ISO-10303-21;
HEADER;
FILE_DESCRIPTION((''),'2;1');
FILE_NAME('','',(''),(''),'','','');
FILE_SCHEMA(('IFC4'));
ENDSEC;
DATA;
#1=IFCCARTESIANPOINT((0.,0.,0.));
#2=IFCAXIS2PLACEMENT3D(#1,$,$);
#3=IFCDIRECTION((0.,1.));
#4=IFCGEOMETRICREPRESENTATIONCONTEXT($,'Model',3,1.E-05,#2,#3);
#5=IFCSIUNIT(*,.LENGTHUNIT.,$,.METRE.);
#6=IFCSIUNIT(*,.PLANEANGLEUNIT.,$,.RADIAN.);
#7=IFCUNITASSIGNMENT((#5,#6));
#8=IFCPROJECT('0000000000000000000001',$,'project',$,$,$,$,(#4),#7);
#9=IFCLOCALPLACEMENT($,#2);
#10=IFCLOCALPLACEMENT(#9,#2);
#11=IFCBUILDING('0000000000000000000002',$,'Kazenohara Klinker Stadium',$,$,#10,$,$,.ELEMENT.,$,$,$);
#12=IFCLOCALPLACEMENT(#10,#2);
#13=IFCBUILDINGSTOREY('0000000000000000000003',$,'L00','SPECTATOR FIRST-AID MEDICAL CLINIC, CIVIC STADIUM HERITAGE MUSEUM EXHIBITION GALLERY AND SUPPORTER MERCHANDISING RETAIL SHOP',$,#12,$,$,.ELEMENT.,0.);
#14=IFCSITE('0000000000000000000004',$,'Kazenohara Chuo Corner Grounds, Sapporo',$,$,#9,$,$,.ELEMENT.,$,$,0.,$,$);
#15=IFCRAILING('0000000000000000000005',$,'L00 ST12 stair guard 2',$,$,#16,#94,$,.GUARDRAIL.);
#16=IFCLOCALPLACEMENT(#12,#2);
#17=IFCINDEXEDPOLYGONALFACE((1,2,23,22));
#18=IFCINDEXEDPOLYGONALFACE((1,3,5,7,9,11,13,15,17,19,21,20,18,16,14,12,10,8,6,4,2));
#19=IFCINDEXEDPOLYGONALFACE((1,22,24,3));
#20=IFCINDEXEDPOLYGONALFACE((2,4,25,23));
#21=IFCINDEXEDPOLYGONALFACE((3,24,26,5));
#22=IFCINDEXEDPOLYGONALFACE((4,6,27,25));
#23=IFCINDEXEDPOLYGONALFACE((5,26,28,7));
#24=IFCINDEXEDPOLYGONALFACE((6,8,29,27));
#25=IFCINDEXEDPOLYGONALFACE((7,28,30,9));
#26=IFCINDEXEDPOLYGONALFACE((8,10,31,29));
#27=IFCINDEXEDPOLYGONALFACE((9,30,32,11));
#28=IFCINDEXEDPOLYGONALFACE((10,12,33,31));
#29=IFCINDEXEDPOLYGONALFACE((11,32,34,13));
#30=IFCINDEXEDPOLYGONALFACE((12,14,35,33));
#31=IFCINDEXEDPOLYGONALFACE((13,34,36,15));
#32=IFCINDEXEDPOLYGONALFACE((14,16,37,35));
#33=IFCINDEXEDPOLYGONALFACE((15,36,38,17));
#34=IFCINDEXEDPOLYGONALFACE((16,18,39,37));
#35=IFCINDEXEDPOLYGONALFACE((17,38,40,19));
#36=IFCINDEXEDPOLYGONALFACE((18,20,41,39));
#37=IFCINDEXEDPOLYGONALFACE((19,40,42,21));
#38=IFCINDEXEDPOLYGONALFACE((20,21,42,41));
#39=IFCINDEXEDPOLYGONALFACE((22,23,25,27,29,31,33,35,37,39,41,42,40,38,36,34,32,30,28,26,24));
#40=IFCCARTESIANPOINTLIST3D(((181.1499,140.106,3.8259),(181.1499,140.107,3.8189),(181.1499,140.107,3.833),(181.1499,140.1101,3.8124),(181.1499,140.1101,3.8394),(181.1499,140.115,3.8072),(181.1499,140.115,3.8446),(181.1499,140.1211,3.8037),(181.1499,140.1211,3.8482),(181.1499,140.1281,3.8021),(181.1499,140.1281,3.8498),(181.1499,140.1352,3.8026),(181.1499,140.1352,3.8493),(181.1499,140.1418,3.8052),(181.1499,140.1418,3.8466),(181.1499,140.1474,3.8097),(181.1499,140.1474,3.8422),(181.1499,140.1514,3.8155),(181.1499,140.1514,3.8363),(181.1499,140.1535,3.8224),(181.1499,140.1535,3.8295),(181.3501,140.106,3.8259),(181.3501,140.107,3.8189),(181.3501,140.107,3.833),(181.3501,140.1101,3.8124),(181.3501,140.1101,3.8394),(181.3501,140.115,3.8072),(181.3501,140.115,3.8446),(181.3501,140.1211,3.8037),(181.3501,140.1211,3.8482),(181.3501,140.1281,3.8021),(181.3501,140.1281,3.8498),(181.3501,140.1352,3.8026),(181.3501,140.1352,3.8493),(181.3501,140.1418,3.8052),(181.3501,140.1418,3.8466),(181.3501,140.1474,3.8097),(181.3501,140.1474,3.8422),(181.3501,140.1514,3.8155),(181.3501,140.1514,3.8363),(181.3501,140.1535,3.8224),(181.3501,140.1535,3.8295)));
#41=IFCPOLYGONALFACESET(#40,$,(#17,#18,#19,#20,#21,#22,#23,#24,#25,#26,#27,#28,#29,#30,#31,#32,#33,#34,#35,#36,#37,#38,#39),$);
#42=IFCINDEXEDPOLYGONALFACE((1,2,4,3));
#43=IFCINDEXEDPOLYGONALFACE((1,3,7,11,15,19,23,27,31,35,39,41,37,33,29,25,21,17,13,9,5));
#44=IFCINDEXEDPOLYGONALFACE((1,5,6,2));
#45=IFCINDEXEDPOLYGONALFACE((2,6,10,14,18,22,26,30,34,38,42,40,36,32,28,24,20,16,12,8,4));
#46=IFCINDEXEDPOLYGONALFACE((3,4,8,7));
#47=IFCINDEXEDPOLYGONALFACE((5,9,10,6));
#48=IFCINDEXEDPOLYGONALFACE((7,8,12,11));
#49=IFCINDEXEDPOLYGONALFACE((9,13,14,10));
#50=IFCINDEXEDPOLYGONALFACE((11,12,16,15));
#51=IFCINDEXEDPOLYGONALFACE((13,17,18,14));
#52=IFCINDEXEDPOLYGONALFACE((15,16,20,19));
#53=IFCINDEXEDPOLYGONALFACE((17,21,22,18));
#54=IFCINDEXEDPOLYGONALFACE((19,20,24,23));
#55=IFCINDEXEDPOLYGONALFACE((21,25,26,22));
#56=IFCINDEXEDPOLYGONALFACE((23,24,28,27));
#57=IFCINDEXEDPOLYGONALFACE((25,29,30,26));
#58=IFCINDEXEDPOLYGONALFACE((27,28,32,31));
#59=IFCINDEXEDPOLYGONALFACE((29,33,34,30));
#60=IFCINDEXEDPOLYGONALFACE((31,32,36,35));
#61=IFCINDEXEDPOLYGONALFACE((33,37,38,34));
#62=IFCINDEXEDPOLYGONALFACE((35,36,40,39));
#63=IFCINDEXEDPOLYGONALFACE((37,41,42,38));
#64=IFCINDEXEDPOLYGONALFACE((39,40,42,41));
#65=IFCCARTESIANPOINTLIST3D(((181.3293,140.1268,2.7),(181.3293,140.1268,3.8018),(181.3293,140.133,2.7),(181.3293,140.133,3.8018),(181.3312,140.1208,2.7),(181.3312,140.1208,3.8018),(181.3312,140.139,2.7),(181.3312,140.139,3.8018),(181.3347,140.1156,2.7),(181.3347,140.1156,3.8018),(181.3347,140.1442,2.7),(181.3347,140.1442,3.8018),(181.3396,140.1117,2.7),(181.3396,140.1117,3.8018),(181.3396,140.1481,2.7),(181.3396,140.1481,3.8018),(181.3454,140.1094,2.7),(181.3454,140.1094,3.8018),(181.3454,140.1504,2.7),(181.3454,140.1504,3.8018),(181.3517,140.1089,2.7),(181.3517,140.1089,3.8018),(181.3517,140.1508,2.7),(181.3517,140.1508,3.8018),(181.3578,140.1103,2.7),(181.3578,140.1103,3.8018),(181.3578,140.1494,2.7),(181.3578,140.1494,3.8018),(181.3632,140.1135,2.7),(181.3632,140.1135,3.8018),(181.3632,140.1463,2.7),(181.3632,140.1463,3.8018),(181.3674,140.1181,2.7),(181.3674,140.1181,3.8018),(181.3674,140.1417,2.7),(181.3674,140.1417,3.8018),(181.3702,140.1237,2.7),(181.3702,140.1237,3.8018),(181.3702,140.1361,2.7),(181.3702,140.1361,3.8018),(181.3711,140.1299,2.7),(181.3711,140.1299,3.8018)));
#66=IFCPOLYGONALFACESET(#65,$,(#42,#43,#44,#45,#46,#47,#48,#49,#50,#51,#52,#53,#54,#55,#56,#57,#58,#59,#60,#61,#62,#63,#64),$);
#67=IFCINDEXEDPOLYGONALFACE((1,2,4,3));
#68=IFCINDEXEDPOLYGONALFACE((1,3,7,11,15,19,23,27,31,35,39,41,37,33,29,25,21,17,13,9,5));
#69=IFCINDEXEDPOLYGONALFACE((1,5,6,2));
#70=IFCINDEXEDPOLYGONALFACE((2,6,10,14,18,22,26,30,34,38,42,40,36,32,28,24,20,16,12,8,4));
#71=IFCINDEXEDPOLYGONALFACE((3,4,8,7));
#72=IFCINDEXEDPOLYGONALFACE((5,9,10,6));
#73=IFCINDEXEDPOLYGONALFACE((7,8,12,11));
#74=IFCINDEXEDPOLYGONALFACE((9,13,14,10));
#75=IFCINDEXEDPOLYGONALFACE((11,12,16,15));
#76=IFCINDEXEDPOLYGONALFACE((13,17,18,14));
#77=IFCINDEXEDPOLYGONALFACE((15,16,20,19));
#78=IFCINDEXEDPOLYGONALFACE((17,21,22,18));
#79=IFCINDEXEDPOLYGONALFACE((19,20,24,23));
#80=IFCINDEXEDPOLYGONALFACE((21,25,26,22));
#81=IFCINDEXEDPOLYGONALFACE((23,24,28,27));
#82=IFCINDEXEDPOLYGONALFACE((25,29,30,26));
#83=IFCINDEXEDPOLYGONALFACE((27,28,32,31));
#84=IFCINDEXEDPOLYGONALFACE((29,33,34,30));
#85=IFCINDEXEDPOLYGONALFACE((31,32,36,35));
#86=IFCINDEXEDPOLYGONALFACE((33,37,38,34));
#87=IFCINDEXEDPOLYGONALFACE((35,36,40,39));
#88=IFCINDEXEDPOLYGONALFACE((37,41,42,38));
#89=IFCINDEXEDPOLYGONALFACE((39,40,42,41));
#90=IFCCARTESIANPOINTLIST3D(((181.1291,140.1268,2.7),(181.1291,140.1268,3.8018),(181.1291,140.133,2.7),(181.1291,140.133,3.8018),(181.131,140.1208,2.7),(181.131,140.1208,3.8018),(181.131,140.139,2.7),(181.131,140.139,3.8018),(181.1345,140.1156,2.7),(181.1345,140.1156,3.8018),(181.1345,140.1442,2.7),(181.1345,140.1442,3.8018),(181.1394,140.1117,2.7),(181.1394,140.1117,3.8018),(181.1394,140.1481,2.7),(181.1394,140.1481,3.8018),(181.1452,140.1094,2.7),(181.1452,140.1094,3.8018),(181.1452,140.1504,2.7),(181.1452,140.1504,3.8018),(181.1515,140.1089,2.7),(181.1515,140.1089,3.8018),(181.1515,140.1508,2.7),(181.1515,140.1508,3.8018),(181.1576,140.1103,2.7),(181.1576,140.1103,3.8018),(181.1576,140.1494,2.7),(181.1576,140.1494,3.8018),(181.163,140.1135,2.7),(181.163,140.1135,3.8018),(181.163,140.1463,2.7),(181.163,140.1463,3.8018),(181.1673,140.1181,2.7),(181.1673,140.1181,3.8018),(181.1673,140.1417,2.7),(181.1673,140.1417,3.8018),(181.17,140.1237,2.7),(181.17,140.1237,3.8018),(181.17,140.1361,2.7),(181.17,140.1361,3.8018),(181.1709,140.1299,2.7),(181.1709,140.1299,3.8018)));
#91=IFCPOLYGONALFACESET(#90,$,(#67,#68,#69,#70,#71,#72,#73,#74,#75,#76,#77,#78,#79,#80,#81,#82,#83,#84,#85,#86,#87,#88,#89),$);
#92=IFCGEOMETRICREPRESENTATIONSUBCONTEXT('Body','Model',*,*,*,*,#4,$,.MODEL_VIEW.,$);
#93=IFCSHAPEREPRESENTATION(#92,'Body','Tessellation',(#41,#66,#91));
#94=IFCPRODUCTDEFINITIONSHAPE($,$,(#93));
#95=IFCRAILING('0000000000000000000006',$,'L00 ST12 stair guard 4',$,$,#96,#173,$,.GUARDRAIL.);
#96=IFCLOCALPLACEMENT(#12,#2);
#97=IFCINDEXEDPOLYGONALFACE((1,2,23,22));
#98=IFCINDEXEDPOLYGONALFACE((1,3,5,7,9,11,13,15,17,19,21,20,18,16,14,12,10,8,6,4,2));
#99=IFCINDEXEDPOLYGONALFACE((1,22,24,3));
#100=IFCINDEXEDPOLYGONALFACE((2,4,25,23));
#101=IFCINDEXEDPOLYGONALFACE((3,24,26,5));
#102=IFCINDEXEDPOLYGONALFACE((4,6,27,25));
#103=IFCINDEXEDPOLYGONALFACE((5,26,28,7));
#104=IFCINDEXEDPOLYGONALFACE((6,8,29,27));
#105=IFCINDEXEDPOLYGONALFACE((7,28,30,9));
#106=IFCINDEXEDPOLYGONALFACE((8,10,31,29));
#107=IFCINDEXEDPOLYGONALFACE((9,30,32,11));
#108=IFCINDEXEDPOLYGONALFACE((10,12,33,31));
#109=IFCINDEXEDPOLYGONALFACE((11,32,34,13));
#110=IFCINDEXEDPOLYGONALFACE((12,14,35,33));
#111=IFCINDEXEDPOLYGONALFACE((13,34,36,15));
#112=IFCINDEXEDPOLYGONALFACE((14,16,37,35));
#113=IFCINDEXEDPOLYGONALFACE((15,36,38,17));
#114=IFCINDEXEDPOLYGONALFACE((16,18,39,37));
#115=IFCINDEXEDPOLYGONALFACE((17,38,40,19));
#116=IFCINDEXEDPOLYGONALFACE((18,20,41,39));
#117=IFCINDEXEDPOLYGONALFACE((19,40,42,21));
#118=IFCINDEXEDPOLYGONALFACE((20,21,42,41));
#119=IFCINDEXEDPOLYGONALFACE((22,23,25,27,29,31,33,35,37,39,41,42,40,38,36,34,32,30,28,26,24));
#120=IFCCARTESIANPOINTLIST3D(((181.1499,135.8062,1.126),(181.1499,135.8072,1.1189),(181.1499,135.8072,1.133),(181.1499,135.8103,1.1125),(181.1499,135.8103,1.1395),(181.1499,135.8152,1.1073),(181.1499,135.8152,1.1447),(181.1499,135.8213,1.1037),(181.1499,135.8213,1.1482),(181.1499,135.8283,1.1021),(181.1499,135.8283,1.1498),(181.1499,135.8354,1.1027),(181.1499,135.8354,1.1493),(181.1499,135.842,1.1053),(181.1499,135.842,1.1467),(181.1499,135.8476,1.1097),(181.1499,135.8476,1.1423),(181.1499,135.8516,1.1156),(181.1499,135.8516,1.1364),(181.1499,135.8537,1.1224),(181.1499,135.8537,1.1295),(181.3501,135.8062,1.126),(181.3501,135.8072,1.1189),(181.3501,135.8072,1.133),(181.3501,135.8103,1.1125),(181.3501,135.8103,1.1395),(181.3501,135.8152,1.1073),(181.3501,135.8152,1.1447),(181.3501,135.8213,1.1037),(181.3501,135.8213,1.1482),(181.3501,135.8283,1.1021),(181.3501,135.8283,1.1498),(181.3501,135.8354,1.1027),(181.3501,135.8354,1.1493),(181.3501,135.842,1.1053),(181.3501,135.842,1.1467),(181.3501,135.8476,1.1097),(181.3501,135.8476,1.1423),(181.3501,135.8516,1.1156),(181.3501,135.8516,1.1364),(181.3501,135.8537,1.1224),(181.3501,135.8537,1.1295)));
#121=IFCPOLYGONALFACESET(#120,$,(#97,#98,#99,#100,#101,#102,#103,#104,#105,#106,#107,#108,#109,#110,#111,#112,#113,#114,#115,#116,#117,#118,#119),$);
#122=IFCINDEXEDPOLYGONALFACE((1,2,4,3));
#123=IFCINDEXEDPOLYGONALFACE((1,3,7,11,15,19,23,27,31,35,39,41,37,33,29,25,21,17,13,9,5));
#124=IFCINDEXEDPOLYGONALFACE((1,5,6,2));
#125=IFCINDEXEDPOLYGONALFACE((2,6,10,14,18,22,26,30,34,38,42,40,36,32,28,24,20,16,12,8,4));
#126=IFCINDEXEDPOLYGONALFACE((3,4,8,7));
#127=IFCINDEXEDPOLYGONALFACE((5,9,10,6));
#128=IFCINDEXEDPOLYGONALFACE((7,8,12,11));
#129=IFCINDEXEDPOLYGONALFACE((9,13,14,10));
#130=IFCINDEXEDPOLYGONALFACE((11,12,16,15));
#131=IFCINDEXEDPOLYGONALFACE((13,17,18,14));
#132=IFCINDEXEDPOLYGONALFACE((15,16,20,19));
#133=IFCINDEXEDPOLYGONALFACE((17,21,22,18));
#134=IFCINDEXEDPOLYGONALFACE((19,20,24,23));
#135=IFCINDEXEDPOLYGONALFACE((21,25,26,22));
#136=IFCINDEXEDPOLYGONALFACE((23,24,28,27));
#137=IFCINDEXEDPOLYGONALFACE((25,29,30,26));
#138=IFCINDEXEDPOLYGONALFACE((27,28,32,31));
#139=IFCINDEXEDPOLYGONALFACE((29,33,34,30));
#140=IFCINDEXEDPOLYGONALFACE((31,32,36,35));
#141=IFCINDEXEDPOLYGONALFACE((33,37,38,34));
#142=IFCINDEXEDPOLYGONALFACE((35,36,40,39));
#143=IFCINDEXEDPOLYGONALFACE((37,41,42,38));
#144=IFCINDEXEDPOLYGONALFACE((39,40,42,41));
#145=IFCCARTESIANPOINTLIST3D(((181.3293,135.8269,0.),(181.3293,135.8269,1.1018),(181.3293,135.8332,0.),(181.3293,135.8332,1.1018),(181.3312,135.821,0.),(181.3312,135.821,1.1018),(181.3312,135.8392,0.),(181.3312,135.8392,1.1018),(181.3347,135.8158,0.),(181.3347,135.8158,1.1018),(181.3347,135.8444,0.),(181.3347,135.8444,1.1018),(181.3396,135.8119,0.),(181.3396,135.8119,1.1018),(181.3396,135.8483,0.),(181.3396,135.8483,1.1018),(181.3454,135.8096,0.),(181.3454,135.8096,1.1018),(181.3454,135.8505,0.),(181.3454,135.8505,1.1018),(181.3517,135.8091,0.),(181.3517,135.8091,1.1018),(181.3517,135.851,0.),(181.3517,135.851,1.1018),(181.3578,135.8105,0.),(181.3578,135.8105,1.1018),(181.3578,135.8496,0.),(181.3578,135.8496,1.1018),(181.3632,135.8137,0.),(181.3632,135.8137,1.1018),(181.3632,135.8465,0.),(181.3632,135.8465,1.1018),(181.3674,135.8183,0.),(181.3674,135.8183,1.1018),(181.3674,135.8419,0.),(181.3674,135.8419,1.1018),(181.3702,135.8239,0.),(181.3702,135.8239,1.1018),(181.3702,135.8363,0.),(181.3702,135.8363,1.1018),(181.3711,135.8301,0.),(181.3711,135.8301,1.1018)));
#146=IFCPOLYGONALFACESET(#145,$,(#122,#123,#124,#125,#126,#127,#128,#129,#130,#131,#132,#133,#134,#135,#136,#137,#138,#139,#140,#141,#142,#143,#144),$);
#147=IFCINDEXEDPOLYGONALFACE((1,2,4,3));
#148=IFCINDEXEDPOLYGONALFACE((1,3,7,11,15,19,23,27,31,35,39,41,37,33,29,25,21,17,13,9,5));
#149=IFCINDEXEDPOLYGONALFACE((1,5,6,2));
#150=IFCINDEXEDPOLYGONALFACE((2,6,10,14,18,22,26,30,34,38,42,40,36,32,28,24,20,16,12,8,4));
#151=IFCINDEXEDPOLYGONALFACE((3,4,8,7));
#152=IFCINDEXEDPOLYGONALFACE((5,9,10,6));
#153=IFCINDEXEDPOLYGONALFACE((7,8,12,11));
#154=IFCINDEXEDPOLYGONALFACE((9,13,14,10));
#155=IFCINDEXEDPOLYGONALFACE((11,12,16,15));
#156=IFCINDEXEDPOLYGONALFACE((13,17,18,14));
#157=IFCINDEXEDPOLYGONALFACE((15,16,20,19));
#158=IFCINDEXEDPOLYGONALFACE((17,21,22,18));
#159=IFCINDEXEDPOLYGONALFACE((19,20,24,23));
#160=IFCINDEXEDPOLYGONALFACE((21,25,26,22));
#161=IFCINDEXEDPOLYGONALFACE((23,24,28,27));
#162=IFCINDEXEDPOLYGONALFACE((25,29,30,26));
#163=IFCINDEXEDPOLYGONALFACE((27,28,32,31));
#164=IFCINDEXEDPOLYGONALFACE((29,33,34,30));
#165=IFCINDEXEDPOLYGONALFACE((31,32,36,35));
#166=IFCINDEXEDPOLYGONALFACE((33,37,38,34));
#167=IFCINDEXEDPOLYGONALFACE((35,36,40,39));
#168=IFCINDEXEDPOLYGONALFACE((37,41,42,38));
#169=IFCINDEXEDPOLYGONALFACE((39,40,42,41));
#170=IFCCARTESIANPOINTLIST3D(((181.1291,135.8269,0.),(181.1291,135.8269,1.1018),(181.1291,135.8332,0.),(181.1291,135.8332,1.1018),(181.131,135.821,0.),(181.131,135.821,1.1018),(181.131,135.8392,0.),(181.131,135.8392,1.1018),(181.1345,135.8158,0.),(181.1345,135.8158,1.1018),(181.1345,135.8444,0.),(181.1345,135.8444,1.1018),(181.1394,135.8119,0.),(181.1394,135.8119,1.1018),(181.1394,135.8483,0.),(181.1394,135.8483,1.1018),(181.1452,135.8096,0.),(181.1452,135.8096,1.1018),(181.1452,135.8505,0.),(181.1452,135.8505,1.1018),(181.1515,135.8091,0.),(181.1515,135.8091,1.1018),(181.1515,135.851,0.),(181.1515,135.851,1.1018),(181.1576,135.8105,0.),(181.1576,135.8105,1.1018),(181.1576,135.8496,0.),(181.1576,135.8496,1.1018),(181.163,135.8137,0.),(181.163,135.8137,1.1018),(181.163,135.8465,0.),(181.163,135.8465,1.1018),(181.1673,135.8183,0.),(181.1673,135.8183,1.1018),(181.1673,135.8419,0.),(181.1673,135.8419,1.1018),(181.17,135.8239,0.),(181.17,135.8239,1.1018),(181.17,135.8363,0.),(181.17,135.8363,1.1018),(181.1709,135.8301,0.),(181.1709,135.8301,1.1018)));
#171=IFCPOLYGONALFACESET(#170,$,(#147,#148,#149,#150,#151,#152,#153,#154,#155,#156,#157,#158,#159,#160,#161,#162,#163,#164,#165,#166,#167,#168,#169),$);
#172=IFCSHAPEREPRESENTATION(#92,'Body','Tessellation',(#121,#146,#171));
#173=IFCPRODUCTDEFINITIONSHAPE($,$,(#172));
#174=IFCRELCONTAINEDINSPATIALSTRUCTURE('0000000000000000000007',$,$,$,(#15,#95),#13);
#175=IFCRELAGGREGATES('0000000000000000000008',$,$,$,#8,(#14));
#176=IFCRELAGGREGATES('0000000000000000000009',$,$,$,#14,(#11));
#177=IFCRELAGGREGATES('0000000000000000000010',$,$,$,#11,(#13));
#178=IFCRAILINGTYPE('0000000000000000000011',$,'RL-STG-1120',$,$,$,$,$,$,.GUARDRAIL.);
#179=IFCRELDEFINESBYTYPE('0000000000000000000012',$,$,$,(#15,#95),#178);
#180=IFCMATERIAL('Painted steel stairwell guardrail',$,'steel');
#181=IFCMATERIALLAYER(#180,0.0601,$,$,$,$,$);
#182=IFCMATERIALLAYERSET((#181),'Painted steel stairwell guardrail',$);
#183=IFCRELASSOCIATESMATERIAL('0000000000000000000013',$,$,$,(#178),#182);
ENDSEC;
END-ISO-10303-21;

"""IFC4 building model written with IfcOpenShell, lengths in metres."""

from ifc_helpers import new_model, si_unit, direction, frame, origin, origin_2d, place, context, subcontext, project, spatial, circle, extrude, material, layer, layer_set, type_object, element, save


model = new_model("IFC4")

# Units and contexts
model_context = context("Model", 3, precision=1e-05, world=origin(), true_north=direction((0.0, 1.0)))
body_context = subcontext(model_context, "Body", "Model", "MODEL_VIEW")
ifc_project = project(units=[si_unit("LENGTHUNIT", "METRE"), si_unit("PLANEANGLEUNIT", "RADIAN")], contexts=[model_context])

# Site, building, storey
site_placement = place(None, origin())
site = spatial("IfcSite", under=ifc_project, at=site_placement, Name="Kazenohara Chuo Corner Grounds, Sapporo", CompositionType="ELEMENT", RefElevation=0.0)
building_placement = place(site_placement, origin())
building = spatial("IfcBuilding", under=site, at=building_placement, Name="Kazenohara Klinker Stadium", CompositionType="ELEMENT")
storey_placement = place(building_placement, origin())
storey = spatial("IfcBuildingStorey", under=building, at=storey_placement, Name="L00", Description="SPECTATOR FIRST-AID MEDICAL CLINIC, CIVIC STADIUM HERITAGE MUSEUM EXHIBITION GALLERY AND SUPPORTER MERCHANDISING RETAIL SHOP", CompositionType="ELEMENT", Elevation=0.0)

# Railings
ifc_material_1 = material(Name="Painted steel stairwell guardrail", Category="steel")
ifc_layer_1 = layer(ifc_material_1, 0.0601)
ifc_layer_set_1 = layer_set([ifc_layer_1], Name="Painted steel stairwell guardrail")
railing_type_1 = type_object("IfcRailingType", Name="RL-STG-1120", PredefinedType="GUARDRAIL", material=ifc_layer_set_1)
for number, where, name in (
    (1, (181.3501, 140.1299, 2.7), "L00 ST12 stair guard 2"),
    (2, (181.3501, 135.8301, 0.0), "L00 ST12 stair guard 4"),
):
    element("IfcRailing", number, at=place(storey_placement, frame(where)), inside=storey, type_object=railing_type_1, Name=name, PredefinedType="GUARDRAIL", context=body_context, shape_type="SweptSolid", body=[
        extrude(circle(Radius=0.0239, at=origin_2d()), frame((0.0, 0.0, 1.126), z_axis=(-1.0, 0.0, 0.0), x_axis=(0.0, -1.0, 0.0)), (0.0, 0.0, 1.0), 0.2002),
        extrude(circle(Radius=0.021, at=origin_2d()), origin(), (0.0, 0.0, 1.0), 1.1018),
        extrude(circle(Radius=0.021, at=origin_2d()), frame((-0.2002, 0.0, 0.0)), (0.0, 0.0, 1.0), 1.1018),
    ])

save(model, "model.ifc")
